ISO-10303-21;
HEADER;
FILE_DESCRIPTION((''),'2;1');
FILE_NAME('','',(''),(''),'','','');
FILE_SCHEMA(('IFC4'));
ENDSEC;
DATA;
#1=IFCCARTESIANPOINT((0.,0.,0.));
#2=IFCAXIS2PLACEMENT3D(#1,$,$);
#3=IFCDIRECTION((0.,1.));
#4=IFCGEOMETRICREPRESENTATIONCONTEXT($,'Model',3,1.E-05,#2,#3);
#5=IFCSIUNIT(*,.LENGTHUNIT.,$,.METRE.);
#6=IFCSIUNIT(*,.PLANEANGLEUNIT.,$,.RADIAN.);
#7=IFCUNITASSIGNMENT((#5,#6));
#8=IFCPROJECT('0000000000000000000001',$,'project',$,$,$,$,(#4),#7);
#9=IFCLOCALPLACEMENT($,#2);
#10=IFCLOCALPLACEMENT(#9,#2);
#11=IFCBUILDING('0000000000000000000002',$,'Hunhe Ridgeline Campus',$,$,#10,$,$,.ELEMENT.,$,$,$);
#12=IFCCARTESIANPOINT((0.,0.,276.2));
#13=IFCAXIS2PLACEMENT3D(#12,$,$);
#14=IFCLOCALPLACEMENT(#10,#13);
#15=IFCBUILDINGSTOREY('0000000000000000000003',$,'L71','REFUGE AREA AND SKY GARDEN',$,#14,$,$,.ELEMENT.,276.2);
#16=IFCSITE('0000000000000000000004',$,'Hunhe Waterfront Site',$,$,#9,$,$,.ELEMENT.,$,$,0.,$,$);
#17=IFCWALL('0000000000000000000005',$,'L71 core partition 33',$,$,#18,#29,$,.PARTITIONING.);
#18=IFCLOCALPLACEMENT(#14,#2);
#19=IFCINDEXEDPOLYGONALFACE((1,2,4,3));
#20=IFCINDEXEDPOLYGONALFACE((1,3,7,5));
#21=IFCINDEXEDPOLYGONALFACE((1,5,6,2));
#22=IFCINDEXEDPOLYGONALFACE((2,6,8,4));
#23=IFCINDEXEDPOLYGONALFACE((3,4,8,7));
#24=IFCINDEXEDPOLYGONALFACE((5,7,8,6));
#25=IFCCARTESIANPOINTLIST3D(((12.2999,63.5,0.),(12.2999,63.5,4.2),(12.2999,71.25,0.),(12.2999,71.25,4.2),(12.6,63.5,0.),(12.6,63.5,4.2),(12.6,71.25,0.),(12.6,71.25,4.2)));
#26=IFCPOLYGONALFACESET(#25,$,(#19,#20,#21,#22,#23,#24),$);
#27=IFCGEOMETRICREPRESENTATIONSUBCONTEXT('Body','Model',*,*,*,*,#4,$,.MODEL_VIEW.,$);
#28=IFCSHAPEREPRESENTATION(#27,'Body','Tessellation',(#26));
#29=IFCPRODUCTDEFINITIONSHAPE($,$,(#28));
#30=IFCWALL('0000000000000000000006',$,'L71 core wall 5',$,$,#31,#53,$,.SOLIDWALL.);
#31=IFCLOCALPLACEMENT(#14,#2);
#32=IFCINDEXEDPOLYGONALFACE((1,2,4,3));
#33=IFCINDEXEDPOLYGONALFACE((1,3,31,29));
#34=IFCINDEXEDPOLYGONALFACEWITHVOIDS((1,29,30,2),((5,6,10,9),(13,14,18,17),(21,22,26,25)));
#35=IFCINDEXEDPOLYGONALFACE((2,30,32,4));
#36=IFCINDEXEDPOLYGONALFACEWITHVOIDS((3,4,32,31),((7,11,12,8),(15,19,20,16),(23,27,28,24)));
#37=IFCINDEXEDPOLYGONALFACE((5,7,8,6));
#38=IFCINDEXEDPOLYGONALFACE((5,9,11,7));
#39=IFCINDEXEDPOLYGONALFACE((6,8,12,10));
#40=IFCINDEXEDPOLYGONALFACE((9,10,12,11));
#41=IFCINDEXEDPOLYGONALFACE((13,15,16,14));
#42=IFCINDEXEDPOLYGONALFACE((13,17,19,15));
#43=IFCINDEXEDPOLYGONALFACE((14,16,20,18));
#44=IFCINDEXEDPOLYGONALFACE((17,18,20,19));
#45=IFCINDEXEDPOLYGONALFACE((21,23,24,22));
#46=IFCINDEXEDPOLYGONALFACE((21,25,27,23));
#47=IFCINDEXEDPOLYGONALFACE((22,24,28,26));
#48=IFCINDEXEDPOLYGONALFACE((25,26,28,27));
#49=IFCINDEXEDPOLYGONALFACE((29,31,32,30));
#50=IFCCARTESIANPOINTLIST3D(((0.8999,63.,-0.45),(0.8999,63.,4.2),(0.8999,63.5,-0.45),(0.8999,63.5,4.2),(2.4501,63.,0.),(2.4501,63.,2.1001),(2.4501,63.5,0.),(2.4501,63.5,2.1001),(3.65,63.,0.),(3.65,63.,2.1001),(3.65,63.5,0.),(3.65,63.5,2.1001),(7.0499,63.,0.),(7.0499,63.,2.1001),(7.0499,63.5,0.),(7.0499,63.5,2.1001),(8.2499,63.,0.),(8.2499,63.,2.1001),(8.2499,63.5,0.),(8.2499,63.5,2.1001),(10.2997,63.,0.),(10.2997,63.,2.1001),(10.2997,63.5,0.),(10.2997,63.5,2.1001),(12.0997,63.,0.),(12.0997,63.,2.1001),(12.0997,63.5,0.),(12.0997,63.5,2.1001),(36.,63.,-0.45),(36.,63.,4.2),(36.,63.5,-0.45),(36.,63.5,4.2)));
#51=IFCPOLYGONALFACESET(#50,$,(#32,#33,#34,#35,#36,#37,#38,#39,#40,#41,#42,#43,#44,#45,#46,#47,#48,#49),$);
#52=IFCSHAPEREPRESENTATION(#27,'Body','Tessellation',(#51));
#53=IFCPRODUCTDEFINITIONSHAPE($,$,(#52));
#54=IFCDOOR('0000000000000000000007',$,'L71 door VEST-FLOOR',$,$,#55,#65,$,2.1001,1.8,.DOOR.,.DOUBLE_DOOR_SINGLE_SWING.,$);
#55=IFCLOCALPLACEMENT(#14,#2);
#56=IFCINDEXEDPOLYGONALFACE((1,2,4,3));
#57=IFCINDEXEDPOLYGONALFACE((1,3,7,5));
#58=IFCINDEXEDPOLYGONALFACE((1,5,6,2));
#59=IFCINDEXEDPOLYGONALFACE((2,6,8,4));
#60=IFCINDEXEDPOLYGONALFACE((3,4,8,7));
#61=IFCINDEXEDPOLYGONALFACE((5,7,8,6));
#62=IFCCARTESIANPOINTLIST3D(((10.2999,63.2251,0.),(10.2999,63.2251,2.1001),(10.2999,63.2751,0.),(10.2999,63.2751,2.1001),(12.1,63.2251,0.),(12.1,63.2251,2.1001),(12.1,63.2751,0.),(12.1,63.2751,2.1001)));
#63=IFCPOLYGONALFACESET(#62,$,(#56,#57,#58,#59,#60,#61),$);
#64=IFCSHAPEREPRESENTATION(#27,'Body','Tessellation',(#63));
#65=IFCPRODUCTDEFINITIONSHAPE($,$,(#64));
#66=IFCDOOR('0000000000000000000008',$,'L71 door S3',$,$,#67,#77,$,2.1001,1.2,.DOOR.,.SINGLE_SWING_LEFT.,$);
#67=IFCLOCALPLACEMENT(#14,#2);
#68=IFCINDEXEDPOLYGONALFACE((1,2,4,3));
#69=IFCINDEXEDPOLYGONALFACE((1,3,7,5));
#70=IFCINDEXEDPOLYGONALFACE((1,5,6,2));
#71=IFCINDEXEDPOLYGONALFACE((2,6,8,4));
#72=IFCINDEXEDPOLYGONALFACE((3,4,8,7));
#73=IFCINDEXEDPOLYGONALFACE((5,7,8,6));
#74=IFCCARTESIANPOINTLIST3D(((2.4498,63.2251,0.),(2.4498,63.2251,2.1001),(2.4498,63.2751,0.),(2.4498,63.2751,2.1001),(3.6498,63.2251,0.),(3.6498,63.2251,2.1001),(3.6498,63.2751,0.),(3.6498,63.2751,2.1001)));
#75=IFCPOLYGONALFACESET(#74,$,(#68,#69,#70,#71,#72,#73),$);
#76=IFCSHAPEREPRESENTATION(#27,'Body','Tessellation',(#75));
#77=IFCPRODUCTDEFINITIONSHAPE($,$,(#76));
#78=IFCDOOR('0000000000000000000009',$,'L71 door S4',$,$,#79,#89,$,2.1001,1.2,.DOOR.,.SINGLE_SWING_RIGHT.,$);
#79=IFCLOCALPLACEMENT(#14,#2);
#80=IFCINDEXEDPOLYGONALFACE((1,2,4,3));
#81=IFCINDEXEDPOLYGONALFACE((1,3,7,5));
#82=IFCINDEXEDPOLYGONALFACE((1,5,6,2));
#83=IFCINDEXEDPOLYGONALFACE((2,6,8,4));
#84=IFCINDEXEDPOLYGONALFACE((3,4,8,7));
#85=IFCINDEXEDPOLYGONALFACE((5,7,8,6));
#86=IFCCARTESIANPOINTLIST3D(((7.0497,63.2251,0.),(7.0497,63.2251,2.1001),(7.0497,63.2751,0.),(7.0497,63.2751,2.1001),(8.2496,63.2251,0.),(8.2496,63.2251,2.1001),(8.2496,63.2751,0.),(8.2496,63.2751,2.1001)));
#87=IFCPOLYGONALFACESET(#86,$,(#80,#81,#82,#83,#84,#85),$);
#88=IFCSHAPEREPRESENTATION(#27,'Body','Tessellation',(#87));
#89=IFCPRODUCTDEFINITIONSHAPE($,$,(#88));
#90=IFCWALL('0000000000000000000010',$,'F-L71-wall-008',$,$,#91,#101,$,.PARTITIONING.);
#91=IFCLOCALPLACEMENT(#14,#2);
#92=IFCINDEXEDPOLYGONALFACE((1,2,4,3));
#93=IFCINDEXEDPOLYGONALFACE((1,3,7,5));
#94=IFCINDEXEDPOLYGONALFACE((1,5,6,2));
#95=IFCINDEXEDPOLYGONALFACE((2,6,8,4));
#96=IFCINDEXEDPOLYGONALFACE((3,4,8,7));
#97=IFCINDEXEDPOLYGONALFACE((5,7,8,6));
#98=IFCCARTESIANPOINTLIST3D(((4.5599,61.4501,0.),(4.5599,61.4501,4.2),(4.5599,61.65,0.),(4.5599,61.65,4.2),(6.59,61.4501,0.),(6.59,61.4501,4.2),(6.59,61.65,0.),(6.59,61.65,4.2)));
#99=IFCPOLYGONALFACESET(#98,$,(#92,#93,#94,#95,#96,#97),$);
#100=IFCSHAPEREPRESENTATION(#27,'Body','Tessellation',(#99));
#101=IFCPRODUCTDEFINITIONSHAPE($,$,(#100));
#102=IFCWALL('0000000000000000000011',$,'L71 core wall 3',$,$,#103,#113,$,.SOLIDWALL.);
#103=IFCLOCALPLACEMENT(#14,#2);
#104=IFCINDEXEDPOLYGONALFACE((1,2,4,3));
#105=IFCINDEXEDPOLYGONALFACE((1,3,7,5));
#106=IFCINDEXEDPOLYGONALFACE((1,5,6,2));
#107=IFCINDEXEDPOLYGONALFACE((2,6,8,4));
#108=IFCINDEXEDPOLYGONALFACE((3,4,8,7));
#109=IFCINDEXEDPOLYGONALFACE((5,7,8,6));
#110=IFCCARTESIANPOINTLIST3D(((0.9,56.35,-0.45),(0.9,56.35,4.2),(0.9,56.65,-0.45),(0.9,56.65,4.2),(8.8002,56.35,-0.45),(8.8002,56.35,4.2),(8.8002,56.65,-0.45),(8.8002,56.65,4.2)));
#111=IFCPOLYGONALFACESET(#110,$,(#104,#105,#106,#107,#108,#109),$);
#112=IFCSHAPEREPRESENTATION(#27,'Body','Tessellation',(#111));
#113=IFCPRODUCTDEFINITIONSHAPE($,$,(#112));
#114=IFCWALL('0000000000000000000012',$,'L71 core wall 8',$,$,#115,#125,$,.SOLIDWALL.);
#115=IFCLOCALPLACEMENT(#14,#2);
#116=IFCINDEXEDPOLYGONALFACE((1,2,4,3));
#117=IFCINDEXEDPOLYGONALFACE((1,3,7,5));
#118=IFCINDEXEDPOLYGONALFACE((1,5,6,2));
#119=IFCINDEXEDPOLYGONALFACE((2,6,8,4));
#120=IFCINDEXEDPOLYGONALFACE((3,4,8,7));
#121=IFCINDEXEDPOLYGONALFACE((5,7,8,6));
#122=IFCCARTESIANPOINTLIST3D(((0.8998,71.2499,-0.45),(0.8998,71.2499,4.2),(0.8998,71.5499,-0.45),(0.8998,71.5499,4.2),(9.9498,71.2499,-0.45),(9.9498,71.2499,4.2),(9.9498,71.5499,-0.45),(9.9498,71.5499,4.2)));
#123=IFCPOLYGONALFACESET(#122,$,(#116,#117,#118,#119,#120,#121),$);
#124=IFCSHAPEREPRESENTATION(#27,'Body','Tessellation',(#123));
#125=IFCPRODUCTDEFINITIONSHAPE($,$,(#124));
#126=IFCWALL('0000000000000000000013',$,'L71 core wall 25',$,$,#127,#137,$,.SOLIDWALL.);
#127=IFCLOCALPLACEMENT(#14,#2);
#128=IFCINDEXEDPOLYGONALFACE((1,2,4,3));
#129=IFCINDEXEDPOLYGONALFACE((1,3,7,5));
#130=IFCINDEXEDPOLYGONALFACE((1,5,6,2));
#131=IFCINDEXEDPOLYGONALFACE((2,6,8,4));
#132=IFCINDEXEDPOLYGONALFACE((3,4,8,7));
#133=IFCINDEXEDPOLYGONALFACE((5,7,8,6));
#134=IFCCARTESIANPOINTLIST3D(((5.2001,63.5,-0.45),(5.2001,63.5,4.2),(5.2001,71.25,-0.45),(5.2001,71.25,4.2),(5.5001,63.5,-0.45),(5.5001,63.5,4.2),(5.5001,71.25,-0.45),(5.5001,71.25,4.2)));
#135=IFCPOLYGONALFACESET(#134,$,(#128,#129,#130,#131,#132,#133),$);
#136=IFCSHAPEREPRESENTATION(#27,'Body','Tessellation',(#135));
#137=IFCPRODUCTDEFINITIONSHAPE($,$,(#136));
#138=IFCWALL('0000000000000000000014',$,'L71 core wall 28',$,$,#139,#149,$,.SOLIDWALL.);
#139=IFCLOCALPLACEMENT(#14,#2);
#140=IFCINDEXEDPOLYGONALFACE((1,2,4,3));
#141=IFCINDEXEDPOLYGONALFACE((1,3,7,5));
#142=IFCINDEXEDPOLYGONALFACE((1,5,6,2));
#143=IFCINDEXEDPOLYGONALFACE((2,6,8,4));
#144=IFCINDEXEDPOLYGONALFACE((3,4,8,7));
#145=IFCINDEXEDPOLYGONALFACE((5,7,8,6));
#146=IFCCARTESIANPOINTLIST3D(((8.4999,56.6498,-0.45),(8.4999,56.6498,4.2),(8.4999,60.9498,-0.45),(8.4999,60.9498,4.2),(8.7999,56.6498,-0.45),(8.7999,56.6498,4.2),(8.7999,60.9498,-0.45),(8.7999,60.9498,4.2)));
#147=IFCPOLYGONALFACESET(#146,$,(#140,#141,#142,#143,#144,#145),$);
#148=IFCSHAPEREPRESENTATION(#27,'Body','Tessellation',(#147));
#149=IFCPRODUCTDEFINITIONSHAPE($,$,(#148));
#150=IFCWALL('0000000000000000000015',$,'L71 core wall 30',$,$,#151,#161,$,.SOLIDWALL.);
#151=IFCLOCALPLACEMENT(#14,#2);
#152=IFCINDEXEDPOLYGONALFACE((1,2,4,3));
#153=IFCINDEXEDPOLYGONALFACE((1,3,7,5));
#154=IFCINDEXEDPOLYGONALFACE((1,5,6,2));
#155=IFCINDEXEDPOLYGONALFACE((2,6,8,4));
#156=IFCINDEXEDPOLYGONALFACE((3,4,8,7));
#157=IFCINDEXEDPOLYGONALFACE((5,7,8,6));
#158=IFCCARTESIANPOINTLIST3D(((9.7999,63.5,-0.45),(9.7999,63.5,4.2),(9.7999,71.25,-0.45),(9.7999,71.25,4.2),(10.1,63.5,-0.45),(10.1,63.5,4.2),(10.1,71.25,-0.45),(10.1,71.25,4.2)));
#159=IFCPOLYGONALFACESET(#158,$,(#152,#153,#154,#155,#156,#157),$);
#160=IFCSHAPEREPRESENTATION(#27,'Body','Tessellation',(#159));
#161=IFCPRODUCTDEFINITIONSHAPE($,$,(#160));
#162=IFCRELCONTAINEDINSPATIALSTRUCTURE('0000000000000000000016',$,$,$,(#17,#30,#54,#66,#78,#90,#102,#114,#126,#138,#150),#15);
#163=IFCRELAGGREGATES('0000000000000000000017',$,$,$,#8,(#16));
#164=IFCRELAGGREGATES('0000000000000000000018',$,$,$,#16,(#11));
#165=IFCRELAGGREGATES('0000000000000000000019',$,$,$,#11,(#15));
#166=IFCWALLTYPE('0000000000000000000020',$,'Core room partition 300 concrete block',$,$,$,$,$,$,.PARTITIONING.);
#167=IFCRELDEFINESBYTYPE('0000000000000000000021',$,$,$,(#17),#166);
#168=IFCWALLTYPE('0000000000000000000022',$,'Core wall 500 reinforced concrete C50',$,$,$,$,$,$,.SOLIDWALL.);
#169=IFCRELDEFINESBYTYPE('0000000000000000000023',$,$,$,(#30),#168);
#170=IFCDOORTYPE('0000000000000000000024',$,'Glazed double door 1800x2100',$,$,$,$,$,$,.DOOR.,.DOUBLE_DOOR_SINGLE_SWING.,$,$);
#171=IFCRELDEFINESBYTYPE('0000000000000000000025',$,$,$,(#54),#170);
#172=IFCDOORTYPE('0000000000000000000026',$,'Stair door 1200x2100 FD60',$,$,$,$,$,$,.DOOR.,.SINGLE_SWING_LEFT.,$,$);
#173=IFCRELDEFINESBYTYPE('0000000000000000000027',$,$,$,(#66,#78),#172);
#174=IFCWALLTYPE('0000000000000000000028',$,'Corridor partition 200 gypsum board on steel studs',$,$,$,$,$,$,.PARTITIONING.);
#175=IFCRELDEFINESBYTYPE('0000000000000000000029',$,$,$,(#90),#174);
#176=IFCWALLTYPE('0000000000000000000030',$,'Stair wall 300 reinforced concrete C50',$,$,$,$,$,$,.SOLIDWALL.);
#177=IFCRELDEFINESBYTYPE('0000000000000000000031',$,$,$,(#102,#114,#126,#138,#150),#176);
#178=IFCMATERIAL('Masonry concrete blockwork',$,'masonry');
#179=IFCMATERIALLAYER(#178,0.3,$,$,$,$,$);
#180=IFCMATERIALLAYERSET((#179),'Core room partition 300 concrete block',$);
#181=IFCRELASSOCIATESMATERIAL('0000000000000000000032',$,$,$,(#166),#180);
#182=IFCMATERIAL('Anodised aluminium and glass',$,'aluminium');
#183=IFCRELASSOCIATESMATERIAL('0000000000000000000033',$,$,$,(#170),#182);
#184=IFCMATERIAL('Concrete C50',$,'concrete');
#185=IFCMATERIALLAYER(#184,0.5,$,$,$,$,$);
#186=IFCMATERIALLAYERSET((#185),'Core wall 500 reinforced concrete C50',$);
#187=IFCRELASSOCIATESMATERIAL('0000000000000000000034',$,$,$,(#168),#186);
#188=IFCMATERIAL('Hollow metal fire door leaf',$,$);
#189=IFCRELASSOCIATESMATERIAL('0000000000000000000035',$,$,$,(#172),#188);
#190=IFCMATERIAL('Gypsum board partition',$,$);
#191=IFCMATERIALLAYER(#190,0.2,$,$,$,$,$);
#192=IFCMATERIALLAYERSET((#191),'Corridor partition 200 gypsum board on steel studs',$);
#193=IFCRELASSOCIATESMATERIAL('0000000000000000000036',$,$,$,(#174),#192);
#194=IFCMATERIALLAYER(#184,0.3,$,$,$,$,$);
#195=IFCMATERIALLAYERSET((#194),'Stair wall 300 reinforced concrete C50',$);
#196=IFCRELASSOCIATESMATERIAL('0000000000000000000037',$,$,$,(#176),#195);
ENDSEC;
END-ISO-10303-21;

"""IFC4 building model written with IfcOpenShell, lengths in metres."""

from ifc_helpers import new_model, si_unit, direction, frame, frame_2d, origin, place, context, subcontext, project, spatial, rectangle, extrude, material, layer, layer_set, type_object, element, fill, save


model = new_model("IFC4")

# Units and contexts
model_context = context("Model", 3, precision=1e-05, world=origin(), true_north=direction((0.0, 1.0)))
body_context = subcontext(model_context, "Body", "Model", "MODEL_VIEW")
ifc_project = project(units=[si_unit("LENGTHUNIT", "METRE"), si_unit("PLANEANGLEUNIT", "RADIAN")], contexts=[model_context])

# Site, building, storey
site_placement = place(None, origin())
site = spatial("IfcSite", under=ifc_project, at=site_placement, Name="Hunhe Waterfront Site", CompositionType="ELEMENT", RefElevation=0.0)
building_placement = place(site_placement, origin())
building = spatial("IfcBuilding", under=site, at=building_placement, Name="Hunhe Ridgeline Campus", CompositionType="ELEMENT")
storey_placement = place(building_placement, frame((0.0, 0.0, 276.2)))
storey = spatial("IfcBuildingStorey", under=building, at=storey_placement, Name="L71", Description="REFUGE AREA AND SKY GARDEN", CompositionType="ELEMENT", Elevation=276.2)

# Shared definitions
ifc_material_1 = material(Name="Masonry concrete blockwork", Category="masonry")
ifc_layer_1 = layer(ifc_material_1, 0.3)
ifc_layer_set_1 = layer_set([ifc_layer_1], Name="Core room partition 300 concrete block")
wall_type_1 = type_object("IfcWallType", Name="Core room partition 300 concrete block", PredefinedType="PARTITIONING", material=ifc_layer_set_1)
ifc_material_2 = material(Name="Anodised aluminium and glass", Category="aluminium")
door_type_1 = type_object("IfcDoorType", Name="Glazed double door 1800x2100", OperationType="DOUBLE_DOOR_SINGLE_SWING", PredefinedType="DOOR", material=ifc_material_2)

# Wall
wall_1_placement = place(storey_placement, frame((12.45, 63.5, 0.0), z_axis=(0.0, 0.0, 1.0), x_axis=(0.0, 1.0, 0.0)))
element("IfcWall", 1, at=wall_1_placement, inside=storey, type_object=wall_type_1, Name="L71 core partition 33", PredefinedType="PARTITIONING", context=body_context, shape_type="SweptSolid", body=[
    extrude(rectangle(XDim=7.75, YDim=0.3, at=frame_2d((3.875, 0.0))), origin(), (0.0, 0.0, 1.0), 4.2),
])

# Wall, openings, doors
ifc_material_3 = material(Name="Concrete C50", Category="concrete")
ifc_layer_2 = layer(ifc_material_3, 0.5)
ifc_layer_set_2 = layer_set([ifc_layer_2], Name="Core wall 500 reinforced concrete C50")
wall_type_2 = type_object("IfcWallType", Name="Core wall 500 reinforced concrete C50", PredefinedType="SOLIDWALL", material=ifc_layer_set_2)
wall_2_placement = place(storey_placement, frame((0.8999, 63.25, -0.45), z_axis=(0.0, 0.0, 1.0), x_axis=(1.0, 0.0, 0.0)))
wall_2 = element("IfcWall", 2, at=wall_2_placement, inside=storey, type_object=wall_type_2, Name="L71 core wall 5", PredefinedType="SOLIDWALL", context=body_context, shape_type="SweptSolid", body=[
    extrude(rectangle(XDim=35.1001, YDim=0.5, at=frame_2d((17.55, 0.0))), origin(), (0.0, 0.0, 1.0), 4.6499),
])
opening_1_placement = place(wall_2_placement, frame((9.3999, 0.0, 0.45)))
opening_1 = element("IfcOpeningElement", 3, at=opening_1_placement, cuts=wall_2, PredefinedType="OPENING", context=body_context, shape_type="SweptSolid", body=[
    extrude(rectangle(XDim=1.8, YDim=2.1001, at=frame_2d((0.8999, 1.05))), frame((0.0, 0.25, 0.0), z_axis=(0.0, -1.0, 0.0), x_axis=(1.0, 0.0, 0.0)), (0.0, 0.0, 1.0), 0.5),
])
opening_2_placement = place(wall_2_placement, frame((1.55, 0.0, 0.45)))
opening_2 = element("IfcOpeningElement", 4, at=opening_2_placement, cuts=wall_2, PredefinedType="OPENING", context=body_context, shape_type="SweptSolid", body=[
    extrude(rectangle(XDim=1.2, YDim=2.1001, at=frame_2d((0.6001, 1.05))), frame((0.0, 0.25, 0.0), z_axis=(0.0, -1.0, 0.0), x_axis=(1.0, 0.0, 0.0)), (0.0, 0.0, 1.0), 0.5),
])
opening_3_placement = place(wall_2_placement, frame((6.1499, 0.0, 0.45)))
opening_3 = element("IfcOpeningElement", 5, at=opening_3_placement, cuts=wall_2, PredefinedType="OPENING", context=body_context, shape_type="SweptSolid", body=[
    extrude(rectangle(XDim=1.2, YDim=2.1001, at=frame_2d((0.6001, 1.05))), frame((0.0, 0.25, 0.0), z_axis=(0.0, -1.0, 0.0), x_axis=(1.0, 0.0, 0.0)), (0.0, 0.0, 1.0), 0.5),
])
door_1_placement = place(opening_1_placement, frame((1.8, 0.0, 0.0), z_axis=(0.0, 0.0, 1.0), x_axis=(-1.0, 0.0, 0.0)))
door_1 = element("IfcDoor", 6, at=door_1_placement, inside=storey, type_object=door_type_1, Name="L71 door VEST-FLOOR", OperationType="DOUBLE_DOOR_SINGLE_SWING", OverallHeight=2.1001, OverallWidth=1.8, PredefinedType="DOOR", context=body_context, shape_type="SweptSolid", body=[
    extrude(rectangle(XDim=1.8, YDim=2.1001, at=frame_2d((0.8999, 1.05))), frame((0.0, 0.0249, 0.0), z_axis=(0.0, -1.0, 0.0), x_axis=(1.0, 0.0, 0.0)), (0.0, 0.0, 1.0), 0.05),
])
fill(opening_1, door_1)
ifc_material_4 = material(Name="Hollow metal fire door leaf")
door_type_2 = type_object("IfcDoorType", Name="Stair door 1200x2100 FD60", OperationType="SINGLE_SWING_LEFT", PredefinedType="DOOR", material=ifc_material_4)
door_2_placement = place(opening_2_placement, frame((1.2, 0.0, 0.0), z_axis=(0.0, 0.0, 1.0), x_axis=(-1.0, 0.0, 0.0)))
door_2 = element("IfcDoor", 7, at=door_2_placement, inside=storey, type_object=door_type_2, Name="L71 door S3", OperationType="SINGLE_SWING_LEFT", OverallHeight=2.1001, OverallWidth=1.2, PredefinedType="DOOR", context=body_context, shape_type="SweptSolid", body=[
    extrude(rectangle(XDim=1.2, YDim=2.1001, at=frame_2d((0.6001, 1.05))), frame((0.0, 0.0249, 0.0), z_axis=(0.0, -1.0, 0.0), x_axis=(1.0, 0.0, 0.0)), (0.0, 0.0, 1.0), 0.05),
])
fill(opening_2, door_2)
door_3_placement = place(opening_3_placement, frame((1.2, 0.0, 0.0), z_axis=(0.0, 0.0, 1.0), x_axis=(-1.0, 0.0, 0.0)))
door_3 = element("IfcDoor", 8, at=door_3_placement, inside=storey, type_object=door_type_2, Name="L71 door S4", OperationType="SINGLE_SWING_RIGHT", OverallHeight=2.1001, OverallWidth=1.2, PredefinedType="DOOR", context=body_context, shape_type="SweptSolid", body=[
    extrude(rectangle(XDim=1.2, YDim=2.1001, at=frame_2d((0.6001, 1.05))), frame((0.0, 0.0249, 0.0), z_axis=(0.0, -1.0, 0.0), x_axis=(1.0, 0.0, 0.0)), (0.0, 0.0, 1.0), 0.05),
])
fill(opening_3, door_3)

# Walls
ifc_material_5 = material(Name="Gypsum board partition")
ifc_layer_3 = layer(ifc_material_5, 0.2)
ifc_layer_set_3 = layer_set([ifc_layer_3], Name="Corridor partition 200 gypsum board on steel studs")
wall_type_3 = type_object("IfcWallType", Name="Corridor partition 200 gypsum board on steel studs", PredefinedType="PARTITIONING", material=ifc_layer_set_3)
wall_3_placement = place(storey_placement, frame((6.5901, 61.55, 0.0), z_axis=(0.0, 0.0, 1.0), x_axis=(-1.0, 0.0, 0.0)))
element("IfcWall", 9, at=wall_3_placement, inside=storey, type_object=wall_type_3, Name="F-L71-wall-008", PredefinedType="PARTITIONING", context=body_context, shape_type="SweptSolid", body=[
    extrude(rectangle(XDim=2.03, YDim=0.2, at=frame_2d((1.0151, 0.0))), origin(), (0.0, 0.0, 1.0), 4.2),
])
ifc_layer_4 = layer(ifc_material_3, 0.3)
ifc_layer_set_4 = layer_set([ifc_layer_4], Name="Stair wall 300 reinforced concrete C50")
wall_type_4 = type_object("IfcWallType", Name="Stair wall 300 reinforced concrete C50", PredefinedType="SOLIDWALL", material=ifc_layer_set_4)
wall_4_placement = place(storey_placement, frame((0.8999, 56.5, -0.45), z_axis=(0.0, 0.0, 1.0), x_axis=(1.0, 0.0, 0.0)))
element("IfcWall", 10, at=wall_4_placement, inside=storey, type_object=wall_type_4, Name="L71 core wall 3", PredefinedType="SOLIDWALL", context=body_context, shape_type="SweptSolid", body=[
    extrude(rectangle(XDim=7.9001, YDim=0.3, at=frame_2d((3.9502, 0.0))), origin(), (0.0, 0.0, 1.0), 4.6499),
])

# Walls
wall_5_placement = place(storey_placement, frame((0.8999, 71.3999, -0.45), z_axis=(0.0, 0.0, 1.0), x_axis=(1.0, 0.0, 0.0)))
element("IfcWall", 11, at=wall_5_placement, inside=storey, type_object=wall_type_4, Name="L71 core wall 8", PredefinedType="SOLIDWALL", context=body_context, shape_type="SweptSolid", body=[
    extrude(rectangle(XDim=9.05, YDim=0.3, at=frame_2d((4.5249, 0.0))), origin(), (0.0, 0.0, 1.0), 4.6499),
])
wall_6_placement = place(storey_placement, frame((5.3501, 63.5, -0.45), z_axis=(0.0, 0.0, 1.0), x_axis=(0.0, 1.0, 0.0)))
element("IfcWall", 12, at=wall_6_placement, inside=storey, type_object=wall_type_4, Name="L71 core wall 25", PredefinedType="SOLIDWALL", context=body_context, shape_type="SweptSolid", body=[
    extrude(rectangle(XDim=7.75, YDim=0.3, at=frame_2d((3.875, 0.0))), origin(), (0.0, 0.0, 1.0), 4.6499),
])
wall_7_placement = place(storey_placement, frame((8.6499, 56.6499, -0.45), z_axis=(0.0, 0.0, 1.0), x_axis=(0.0, 1.0, 0.0)))
element("IfcWall", 13, at=wall_7_placement, inside=storey, type_object=wall_type_4, Name="L71 core wall 28", PredefinedType="SOLIDWALL", context=body_context, shape_type="SweptSolid", body=[
    extrude(rectangle(XDim=4.3, YDim=0.3, at=frame_2d((2.1499, 0.0))), origin(), (0.0, 0.0, 1.0), 4.6499),
])
wall_8_placement = place(storey_placement, frame((9.95, 63.5, -0.45), z_axis=(0.0, 0.0, 1.0), x_axis=(0.0, 1.0, 0.0)))
element("IfcWall", 14, at=wall_8_placement, inside=storey, type_object=wall_type_4, Name="L71 core wall 30", PredefinedType="SOLIDWALL", context=body_context, shape_type="SweptSolid", body=[
    extrude(rectangle(XDim=7.75, YDim=0.3, at=frame_2d((3.875, 0.0))), origin(), (0.0, 0.0, 1.0), 4.6499),
])

save(model, "model.ifc")
